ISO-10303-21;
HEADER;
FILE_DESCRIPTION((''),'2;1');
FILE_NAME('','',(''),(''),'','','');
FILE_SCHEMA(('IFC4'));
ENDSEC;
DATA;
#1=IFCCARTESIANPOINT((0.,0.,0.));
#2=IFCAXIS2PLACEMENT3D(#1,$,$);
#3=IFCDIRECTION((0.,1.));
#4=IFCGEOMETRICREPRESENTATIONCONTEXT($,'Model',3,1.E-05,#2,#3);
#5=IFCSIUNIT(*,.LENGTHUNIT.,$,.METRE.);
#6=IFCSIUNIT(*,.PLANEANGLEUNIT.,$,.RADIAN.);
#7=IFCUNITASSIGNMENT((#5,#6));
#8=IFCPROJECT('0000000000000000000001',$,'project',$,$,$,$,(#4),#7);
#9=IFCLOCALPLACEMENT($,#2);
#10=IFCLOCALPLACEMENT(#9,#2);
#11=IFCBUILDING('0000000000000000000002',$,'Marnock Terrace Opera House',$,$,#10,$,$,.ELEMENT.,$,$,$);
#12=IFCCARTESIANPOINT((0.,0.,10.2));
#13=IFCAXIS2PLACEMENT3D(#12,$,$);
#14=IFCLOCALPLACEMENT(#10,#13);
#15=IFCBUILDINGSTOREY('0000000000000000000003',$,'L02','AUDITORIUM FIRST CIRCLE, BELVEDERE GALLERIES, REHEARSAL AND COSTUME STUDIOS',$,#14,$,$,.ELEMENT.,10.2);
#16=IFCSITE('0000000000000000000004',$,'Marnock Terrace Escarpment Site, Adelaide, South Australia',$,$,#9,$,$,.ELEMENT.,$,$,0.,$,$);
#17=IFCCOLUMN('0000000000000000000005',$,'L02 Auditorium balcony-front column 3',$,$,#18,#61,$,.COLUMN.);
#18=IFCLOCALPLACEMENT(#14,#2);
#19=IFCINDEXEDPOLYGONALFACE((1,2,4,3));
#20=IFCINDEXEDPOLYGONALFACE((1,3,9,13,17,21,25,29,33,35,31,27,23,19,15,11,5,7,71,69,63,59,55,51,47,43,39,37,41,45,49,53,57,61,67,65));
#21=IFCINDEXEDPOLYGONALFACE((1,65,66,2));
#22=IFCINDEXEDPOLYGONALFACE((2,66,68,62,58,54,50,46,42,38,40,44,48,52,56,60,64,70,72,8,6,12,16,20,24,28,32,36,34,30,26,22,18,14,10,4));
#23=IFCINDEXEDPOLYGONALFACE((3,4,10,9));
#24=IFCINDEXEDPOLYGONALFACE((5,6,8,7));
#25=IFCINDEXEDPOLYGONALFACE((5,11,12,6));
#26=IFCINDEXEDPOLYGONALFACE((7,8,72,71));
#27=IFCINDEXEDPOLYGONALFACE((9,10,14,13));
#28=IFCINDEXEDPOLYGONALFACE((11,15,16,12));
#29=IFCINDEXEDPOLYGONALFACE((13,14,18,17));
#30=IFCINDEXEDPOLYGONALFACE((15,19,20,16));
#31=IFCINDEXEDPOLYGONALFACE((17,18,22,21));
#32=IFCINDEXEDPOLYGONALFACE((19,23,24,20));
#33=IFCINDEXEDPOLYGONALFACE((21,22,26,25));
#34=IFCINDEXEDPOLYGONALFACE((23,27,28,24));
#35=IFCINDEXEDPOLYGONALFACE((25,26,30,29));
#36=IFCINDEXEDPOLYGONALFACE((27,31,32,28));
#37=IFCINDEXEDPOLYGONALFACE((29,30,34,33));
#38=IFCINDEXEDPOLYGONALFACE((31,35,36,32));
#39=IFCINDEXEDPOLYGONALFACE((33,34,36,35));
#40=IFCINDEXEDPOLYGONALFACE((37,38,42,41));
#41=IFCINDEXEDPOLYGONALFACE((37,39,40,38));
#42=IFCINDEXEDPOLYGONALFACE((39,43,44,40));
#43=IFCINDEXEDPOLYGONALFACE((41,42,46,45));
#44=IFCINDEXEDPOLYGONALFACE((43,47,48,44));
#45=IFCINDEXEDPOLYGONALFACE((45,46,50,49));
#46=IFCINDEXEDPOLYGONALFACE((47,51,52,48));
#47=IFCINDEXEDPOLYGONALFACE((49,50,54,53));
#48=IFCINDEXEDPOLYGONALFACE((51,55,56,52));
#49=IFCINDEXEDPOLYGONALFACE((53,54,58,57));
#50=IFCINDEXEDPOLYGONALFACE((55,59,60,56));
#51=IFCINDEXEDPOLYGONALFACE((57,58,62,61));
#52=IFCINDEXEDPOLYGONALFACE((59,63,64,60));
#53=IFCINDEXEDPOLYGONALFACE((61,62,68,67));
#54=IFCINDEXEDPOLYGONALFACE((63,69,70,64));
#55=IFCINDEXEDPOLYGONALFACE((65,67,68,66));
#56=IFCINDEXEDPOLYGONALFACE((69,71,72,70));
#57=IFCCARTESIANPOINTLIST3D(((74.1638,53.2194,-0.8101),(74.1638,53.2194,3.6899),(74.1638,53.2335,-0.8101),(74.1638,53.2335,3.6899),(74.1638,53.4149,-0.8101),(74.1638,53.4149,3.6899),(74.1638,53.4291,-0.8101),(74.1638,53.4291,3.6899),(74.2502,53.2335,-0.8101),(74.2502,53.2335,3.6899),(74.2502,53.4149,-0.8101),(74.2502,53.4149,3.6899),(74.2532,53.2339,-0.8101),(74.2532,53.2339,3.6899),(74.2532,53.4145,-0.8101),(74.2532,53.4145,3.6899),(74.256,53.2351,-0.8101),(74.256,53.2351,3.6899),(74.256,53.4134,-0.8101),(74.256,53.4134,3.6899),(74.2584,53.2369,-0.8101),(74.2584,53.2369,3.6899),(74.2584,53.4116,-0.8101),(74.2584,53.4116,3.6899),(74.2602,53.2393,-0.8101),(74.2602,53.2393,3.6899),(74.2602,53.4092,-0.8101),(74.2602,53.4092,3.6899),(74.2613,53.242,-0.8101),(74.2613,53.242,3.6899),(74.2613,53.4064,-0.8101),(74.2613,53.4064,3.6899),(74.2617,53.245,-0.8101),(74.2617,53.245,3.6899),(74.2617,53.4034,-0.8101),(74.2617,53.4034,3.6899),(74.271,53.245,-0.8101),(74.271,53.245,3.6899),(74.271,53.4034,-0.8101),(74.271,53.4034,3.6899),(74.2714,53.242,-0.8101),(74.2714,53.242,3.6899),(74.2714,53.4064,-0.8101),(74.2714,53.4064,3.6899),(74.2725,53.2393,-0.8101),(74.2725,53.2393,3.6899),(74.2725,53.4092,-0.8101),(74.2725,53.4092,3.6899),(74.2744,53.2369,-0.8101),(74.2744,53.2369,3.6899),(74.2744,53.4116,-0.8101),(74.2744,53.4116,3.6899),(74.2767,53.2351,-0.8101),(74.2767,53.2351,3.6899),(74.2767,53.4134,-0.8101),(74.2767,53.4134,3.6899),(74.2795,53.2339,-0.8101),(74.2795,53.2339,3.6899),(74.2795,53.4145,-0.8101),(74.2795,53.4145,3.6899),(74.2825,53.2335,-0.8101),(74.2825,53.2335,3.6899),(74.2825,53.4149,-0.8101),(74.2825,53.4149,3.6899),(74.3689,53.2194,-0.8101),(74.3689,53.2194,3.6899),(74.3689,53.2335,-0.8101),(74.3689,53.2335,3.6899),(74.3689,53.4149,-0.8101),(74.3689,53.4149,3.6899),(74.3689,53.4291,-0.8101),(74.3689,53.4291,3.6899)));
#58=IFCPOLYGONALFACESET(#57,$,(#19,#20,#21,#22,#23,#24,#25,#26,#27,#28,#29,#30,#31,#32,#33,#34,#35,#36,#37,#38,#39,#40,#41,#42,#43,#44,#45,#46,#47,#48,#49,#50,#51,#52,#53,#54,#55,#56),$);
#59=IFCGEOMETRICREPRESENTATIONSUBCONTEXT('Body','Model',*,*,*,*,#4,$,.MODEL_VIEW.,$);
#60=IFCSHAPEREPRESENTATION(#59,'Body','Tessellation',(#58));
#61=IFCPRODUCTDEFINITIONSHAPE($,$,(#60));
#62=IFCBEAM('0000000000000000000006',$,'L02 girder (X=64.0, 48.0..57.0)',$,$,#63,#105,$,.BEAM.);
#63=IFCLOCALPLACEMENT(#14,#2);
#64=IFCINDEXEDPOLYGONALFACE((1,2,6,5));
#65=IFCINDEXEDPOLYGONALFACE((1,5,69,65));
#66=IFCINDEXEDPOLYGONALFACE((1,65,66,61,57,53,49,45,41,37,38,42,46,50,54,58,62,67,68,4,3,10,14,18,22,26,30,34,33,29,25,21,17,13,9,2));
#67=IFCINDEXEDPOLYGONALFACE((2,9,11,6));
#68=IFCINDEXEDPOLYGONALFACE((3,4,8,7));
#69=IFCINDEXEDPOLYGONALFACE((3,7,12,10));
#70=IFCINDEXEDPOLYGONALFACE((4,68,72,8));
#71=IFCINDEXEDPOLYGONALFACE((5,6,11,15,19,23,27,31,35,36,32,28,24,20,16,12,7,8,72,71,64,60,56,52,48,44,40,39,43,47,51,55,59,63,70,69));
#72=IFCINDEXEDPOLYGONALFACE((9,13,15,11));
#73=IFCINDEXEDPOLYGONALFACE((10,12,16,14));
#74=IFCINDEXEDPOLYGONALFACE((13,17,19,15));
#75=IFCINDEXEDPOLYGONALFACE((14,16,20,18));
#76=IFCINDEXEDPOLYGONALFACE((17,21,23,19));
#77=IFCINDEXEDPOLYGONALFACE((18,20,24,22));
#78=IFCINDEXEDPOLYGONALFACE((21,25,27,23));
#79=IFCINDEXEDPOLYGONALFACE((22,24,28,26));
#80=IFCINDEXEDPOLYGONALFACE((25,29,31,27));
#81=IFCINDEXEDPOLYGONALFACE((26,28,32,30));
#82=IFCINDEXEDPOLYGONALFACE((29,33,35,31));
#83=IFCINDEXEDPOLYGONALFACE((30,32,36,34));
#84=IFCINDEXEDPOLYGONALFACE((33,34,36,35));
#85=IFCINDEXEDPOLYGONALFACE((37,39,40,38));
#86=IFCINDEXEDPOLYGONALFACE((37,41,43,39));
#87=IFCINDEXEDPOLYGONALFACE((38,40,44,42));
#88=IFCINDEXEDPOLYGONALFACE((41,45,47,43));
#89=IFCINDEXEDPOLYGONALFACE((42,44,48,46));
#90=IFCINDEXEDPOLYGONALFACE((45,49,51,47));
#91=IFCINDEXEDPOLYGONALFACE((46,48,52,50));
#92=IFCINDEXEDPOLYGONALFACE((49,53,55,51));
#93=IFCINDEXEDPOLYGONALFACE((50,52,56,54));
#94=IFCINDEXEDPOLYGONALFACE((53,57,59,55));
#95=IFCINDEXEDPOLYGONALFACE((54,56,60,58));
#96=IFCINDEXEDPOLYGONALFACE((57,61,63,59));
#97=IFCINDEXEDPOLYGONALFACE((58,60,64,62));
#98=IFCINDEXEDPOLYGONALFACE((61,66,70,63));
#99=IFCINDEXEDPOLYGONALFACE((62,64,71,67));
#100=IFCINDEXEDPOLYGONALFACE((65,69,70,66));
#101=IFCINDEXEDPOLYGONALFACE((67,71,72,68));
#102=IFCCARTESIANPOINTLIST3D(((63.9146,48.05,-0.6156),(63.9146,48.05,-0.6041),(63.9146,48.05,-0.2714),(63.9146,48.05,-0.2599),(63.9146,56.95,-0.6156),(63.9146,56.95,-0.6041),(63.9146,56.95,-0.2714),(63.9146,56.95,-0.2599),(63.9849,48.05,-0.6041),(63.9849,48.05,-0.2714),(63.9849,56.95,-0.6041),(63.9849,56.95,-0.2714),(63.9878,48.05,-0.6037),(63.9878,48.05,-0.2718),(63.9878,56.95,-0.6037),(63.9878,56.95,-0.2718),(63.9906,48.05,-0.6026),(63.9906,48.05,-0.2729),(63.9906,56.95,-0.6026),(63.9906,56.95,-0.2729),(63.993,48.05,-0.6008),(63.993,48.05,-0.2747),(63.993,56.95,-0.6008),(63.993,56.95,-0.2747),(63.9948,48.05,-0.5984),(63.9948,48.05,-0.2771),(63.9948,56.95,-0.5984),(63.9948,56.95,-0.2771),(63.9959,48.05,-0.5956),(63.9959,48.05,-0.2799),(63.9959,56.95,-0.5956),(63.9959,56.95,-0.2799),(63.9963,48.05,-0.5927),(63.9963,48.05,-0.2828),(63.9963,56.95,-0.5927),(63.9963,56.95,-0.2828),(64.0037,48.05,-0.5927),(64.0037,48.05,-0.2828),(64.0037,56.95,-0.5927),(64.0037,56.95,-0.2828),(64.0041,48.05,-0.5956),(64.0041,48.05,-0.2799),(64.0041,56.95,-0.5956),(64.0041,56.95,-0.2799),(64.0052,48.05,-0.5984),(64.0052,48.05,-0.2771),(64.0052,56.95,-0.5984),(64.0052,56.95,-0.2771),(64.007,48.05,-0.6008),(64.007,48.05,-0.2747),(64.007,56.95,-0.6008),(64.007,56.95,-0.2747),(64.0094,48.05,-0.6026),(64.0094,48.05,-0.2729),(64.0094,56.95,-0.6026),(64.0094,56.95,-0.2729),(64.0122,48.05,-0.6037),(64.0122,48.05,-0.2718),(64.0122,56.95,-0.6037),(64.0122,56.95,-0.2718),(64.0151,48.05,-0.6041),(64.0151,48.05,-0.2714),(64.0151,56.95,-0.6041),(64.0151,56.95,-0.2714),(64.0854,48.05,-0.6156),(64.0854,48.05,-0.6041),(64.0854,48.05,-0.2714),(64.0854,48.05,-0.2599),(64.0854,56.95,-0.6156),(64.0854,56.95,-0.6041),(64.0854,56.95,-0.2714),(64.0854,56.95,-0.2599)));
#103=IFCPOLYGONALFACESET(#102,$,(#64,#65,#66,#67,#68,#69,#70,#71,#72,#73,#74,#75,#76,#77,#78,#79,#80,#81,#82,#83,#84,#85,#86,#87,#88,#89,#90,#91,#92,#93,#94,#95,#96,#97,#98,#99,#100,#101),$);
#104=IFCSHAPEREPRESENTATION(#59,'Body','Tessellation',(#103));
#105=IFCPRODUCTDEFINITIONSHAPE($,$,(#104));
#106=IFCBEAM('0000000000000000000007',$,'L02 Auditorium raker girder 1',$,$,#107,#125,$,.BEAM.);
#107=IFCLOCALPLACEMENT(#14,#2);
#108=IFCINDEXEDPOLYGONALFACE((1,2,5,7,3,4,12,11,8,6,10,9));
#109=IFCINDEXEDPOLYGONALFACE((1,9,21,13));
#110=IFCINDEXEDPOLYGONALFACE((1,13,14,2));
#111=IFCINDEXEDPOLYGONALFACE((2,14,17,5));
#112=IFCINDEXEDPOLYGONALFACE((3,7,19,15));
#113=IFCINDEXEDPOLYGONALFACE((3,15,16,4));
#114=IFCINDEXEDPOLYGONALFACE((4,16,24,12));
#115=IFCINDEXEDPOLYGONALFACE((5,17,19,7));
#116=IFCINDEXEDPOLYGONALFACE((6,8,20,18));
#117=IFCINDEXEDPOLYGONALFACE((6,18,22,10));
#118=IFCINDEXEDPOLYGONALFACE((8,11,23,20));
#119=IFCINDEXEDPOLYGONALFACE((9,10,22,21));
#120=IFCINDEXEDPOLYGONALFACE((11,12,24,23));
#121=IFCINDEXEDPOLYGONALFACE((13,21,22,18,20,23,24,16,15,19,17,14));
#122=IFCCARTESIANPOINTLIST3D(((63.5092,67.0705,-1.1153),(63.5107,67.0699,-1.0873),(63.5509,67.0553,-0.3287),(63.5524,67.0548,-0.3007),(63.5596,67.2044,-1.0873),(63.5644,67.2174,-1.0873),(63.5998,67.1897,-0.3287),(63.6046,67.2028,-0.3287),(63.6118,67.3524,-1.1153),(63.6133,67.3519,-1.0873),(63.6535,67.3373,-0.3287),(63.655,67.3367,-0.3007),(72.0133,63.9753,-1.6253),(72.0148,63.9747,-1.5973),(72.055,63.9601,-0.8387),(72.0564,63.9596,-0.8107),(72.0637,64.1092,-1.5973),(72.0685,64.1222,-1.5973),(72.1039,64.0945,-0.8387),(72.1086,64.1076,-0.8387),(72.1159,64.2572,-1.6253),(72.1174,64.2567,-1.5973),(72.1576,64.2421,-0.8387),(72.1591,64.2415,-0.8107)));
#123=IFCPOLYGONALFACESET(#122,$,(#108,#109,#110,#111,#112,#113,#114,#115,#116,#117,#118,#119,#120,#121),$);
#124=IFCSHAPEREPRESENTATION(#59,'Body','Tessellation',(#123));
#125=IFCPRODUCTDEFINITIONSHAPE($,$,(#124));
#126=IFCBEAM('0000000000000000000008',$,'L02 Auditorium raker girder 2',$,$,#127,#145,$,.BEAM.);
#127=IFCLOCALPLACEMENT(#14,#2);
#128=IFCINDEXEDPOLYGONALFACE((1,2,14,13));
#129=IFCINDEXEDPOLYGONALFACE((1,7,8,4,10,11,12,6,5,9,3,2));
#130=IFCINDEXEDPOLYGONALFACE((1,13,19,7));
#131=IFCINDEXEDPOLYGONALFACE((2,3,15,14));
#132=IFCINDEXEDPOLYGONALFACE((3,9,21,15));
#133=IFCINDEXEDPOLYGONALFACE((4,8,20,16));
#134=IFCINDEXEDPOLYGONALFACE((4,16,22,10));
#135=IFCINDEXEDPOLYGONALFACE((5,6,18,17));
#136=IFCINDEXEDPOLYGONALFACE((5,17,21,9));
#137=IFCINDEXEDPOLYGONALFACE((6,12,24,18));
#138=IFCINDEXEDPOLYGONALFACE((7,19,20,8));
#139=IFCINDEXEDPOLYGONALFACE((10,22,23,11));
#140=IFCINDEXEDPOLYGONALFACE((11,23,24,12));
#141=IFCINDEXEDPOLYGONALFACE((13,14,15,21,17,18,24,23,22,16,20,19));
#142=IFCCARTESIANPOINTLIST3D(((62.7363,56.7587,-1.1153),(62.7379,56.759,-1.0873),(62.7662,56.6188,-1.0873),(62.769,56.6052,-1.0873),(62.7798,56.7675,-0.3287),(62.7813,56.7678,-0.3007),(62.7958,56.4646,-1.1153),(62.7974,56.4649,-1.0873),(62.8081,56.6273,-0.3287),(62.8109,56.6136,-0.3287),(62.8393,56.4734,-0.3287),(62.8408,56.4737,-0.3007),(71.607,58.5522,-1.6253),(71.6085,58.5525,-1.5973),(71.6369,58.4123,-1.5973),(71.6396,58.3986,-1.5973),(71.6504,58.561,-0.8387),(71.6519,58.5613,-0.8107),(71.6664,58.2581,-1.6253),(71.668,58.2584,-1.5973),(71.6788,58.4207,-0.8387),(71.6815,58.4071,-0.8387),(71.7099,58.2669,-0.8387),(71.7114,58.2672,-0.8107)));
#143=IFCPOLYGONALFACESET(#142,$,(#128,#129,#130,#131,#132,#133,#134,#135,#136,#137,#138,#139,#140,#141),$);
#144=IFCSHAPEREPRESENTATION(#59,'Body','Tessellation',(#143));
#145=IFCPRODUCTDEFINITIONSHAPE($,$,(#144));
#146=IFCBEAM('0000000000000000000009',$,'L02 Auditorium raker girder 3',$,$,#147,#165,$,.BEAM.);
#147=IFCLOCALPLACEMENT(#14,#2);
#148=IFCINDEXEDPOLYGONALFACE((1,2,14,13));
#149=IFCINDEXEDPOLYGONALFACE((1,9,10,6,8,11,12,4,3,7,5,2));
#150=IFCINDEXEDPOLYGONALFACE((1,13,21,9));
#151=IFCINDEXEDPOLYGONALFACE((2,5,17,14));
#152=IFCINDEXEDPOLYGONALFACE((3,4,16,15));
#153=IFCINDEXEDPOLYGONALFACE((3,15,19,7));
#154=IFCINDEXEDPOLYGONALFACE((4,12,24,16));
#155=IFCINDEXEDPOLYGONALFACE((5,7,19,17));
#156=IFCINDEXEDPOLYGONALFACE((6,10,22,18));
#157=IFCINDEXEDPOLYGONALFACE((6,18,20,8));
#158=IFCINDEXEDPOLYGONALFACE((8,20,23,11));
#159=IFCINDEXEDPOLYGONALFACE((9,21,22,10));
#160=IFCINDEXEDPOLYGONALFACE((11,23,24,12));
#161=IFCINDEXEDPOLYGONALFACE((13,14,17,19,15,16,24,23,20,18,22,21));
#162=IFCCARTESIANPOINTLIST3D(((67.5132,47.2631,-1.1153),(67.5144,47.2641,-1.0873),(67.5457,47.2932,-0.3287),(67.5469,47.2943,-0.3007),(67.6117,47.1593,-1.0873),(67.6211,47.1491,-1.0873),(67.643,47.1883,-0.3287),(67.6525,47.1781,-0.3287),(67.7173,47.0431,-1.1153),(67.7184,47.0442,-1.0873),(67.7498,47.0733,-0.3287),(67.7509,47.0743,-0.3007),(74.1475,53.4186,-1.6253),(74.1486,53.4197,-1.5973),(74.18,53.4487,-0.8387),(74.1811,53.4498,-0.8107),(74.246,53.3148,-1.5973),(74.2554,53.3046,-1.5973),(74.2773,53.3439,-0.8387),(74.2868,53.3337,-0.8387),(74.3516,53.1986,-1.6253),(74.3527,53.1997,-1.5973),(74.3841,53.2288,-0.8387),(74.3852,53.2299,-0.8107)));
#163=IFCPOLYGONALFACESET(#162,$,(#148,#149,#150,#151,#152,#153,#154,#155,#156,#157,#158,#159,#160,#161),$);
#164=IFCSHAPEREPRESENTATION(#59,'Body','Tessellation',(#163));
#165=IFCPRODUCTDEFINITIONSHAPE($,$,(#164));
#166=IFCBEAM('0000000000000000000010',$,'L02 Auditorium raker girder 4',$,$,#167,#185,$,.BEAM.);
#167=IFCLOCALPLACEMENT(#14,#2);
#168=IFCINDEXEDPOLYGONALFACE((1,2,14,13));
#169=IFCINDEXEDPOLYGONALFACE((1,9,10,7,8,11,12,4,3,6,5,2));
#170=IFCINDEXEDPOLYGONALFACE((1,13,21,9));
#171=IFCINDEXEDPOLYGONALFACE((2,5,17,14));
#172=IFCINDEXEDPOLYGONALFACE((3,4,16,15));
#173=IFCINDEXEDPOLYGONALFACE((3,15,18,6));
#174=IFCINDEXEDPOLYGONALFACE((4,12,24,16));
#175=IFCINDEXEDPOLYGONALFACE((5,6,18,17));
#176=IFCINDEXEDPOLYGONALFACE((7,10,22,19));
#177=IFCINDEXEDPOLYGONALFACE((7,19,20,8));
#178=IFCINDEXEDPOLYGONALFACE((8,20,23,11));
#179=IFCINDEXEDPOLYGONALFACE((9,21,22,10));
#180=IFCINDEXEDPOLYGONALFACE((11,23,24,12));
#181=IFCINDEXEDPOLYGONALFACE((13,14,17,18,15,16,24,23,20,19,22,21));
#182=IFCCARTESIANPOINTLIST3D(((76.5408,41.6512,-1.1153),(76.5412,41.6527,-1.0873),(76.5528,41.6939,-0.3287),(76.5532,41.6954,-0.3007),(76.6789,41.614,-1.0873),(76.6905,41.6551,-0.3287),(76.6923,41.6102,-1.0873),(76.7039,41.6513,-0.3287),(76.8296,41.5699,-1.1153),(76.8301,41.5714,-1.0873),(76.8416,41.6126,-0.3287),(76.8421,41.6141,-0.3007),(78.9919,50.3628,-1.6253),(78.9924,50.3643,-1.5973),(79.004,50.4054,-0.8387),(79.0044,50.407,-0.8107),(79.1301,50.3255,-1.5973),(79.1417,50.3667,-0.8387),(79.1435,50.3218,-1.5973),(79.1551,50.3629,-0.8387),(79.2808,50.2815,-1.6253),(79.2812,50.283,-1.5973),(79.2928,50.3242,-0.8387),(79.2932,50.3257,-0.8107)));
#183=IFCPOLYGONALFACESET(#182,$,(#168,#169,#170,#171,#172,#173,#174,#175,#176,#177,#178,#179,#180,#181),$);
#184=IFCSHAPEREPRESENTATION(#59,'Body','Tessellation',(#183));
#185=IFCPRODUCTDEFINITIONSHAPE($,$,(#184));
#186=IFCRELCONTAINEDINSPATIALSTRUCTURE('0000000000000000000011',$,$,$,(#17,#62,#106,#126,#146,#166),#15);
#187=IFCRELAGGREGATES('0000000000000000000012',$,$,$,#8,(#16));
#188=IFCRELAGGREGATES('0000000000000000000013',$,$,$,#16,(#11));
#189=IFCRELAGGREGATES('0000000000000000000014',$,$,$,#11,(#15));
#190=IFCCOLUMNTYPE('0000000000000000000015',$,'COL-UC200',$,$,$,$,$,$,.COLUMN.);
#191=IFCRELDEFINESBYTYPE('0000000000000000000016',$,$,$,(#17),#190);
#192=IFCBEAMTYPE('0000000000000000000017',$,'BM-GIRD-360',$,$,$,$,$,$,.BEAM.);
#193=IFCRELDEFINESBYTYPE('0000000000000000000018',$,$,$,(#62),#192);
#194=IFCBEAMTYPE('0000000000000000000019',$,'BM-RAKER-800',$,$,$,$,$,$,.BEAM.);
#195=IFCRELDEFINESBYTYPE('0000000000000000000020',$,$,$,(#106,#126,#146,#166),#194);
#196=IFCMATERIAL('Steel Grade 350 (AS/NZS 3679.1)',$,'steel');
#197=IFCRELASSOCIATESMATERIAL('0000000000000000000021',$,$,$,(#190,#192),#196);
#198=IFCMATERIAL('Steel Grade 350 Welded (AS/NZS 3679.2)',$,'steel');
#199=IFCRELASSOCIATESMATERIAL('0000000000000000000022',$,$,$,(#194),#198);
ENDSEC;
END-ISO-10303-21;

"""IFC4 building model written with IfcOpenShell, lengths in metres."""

from ifc_helpers import new_model, si_unit, direction, frame, origin, origin_2d, place, context, subcontext, project, spatial, i_section, extrude, material, material_profile, profile_set, type_object, element, save


model = new_model("IFC4")

# Units and contexts
model_context = context("Model", 3, precision=1e-05, world=origin(), true_north=direction((0.0, 1.0)))
body_context = subcontext(model_context, "Body", "Model", "MODEL_VIEW")
ifc_project = project(units=[si_unit("LENGTHUNIT", "METRE"), si_unit("PLANEANGLEUNIT", "RADIAN")], contexts=[model_context])

# Site, building, storey
site_placement = place(None, origin())
site = spatial("IfcSite", under=ifc_project, at=site_placement, Name="Marnock Terrace Escarpment Site, Adelaide, South Australia", CompositionType="ELEMENT", RefElevation=0.0)
building_placement = place(site_placement, origin())
building = spatial("IfcBuilding", under=site, at=building_placement, Name="Marnock Terrace Opera House", CompositionType="ELEMENT")
storey_placement = place(building_placement, frame((0.0, 0.0, 10.2)))
storey = spatial("IfcBuildingStorey", under=building, at=storey_placement, Name="L02", Description="AUDITORIUM FIRST CIRCLE, BELVEDERE GALLERIES, REHEARSAL AND COSTUME STUDIOS", CompositionType="ELEMENT", Elevation=10.2)

# Column
ifc_material_1 = material(Name="Steel Grade 350 (AS/NZS 3679.1)", Category="steel")
ifc_material_profile_1 = material_profile(ifc_material_1, i_section(OverallWidth=0.2051, OverallDepth=0.2097, WebThickness=0.0093, FlangeThickness=0.0142, FilletRadius=0.0115, at=origin_2d()))
ifc_profile_set_1 = profile_set([ifc_material_profile_1], Name="Steel Grade 350 (AS/NZS 3679.1)")
column_type_1 = type_object("IfcColumnType", Name="COL-UC200", PredefinedType="COLUMN", material=ifc_profile_set_1)
for number, where, z_axis, x_axis, name in (
    (1, (74.2664, 53.3242, -0.8101), (0.0, 0.0, 1.0), (1.0, 0.0, 0.0), "L02 Auditorium balcony-front column 3"),
):
    element("IfcColumn", number, at=place(storey_placement, frame(where, z_axis=z_axis, x_axis=x_axis)), inside=storey, type_object=column_type_1, Name=name, PredefinedType="COLUMN", context=body_context, shape_type="SweptSolid", body=[
        extrude(i_section(OverallWidth=0.2051, OverallDepth=0.2097, WebThickness=0.0093, FlangeThickness=0.0142, FilletRadius=0.0115, at=origin_2d()), origin(), (0.0, 0.0, 1.0), 4.5),
    ])

# Beams
ifc_material_profile_2 = material_profile(ifc_material_1, i_section(OverallWidth=0.1709, OverallDepth=0.3557, WebThickness=0.0073, FlangeThickness=0.0115, FilletRadius=0.0115, at=origin_2d()))
ifc_profile_set_2 = profile_set([ifc_material_profile_2], Name="Steel Grade 350 (AS/NZS 3679.1)")
beam_type_1 = type_object("IfcBeamType", Name="BM-GIRD-360", PredefinedType="BEAM", material=ifc_profile_set_2)
beam_1_placement = place(storey_placement, frame((64.0, 48.05, -0.4377), z_axis=(0.0, 1.0, 0.0), x_axis=(-1.0, 0.0, 0.0)))
element("IfcBeam", 2, at=beam_1_placement, inside=storey, type_object=beam_type_1, Name="L02 girder (X=64.0, 48.0..57.0)", PredefinedType="BEAM", context=body_context, shape_type="SweptSolid", body=[
    extrude(i_section(OverallWidth=0.1709, OverallDepth=0.3557, WebThickness=0.0073, FlangeThickness=0.0115, FilletRadius=0.0115, at=origin_2d()), origin(), (0.0, 0.0, 1.0), 8.8999),
])
ifc_material_2 = material(Name="Steel Grade 350 Welded (AS/NZS 3679.2)", Category="steel")
ifc_material_profile_3 = material_profile(ifc_material_2, i_section(OverallWidth=0.3, OverallDepth=0.8159, WebThickness=0.0139, FlangeThickness=0.0281, at=origin_2d()))
ifc_profile_set_3 = profile_set([ifc_material_profile_3], Name="Steel Grade 350 Welded (AS/NZS 3679.2)")
beam_type_2 = type_object("IfcBeamType", Name="BM-RAKER-800", PredefinedType="BEAM", material=ifc_profile_set_3)
beam_2_placement = place(storey_placement, frame((72.0862, 64.1084, -1.218), z_axis=(-0.938205, 0.341474, 0.056266), x_axis=(-0.342016, -0.939694, 0.0)))
element("IfcBeam", 3, at=beam_2_placement, inside=storey, type_object=beam_type_2, Name="L02 Auditorium raker girder 1", PredefinedType="BEAM", context=body_context, shape_type="SweptSolid", body=[
    extrude(i_section(OverallWidth=0.3, OverallDepth=0.8159, WebThickness=0.0139, FlangeThickness=0.0281, at=origin_2d()), origin(), (0.0, 0.0, 1.0), 9.0642),
])
for number, where, z_axis, x_axis, name in (
    (4, (71.6592, 58.4097, -1.218), (-0.978615, -0.197856, 0.056265), (0.19817, -0.980168, 0.0), "L02 Auditorium raker girder 2"),
    (5, (74.2664, 53.3242, -1.218), (-0.731901, -0.679084, 0.056265), (0.680161, -0.733062, 0.0), "L02 Auditorium raker girder 3"),
):
    element("IfcBeam", number, at=place(storey_placement, frame(where, z_axis=z_axis, x_axis=x_axis)), inside=storey, type_object=beam_type_2, Name=name, PredefinedType="BEAM", context=body_context, shape_type="SweptSolid", body=[
        extrude(i_section(OverallWidth=0.3, OverallDepth=0.8159, WebThickness=0.0139, FlangeThickness=0.0281, at=origin_2d()), origin(), (0.0, 0.0, 1.0), 9.0645),
    ])
beam_3_placement = place(storey_placement, frame((79.1426, 50.3442, -1.218), z_axis=(-0.27042, -0.961097, 0.056266), x_axis=(0.962622, -0.270849, 0.0)))
element("IfcBeam", 6, at=beam_3_placement, inside=storey, type_object=beam_type_2, Name="L02 Auditorium raker girder 4", PredefinedType="BEAM", context=body_context, shape_type="SweptSolid", body=[
    extrude(i_section(OverallWidth=0.3, OverallDepth=0.8159, WebThickness=0.0139, FlangeThickness=0.0281, at=origin_2d()), origin(), (0.0, 0.0, 1.0), 9.0642),
])

save(model, "model.ifc")
